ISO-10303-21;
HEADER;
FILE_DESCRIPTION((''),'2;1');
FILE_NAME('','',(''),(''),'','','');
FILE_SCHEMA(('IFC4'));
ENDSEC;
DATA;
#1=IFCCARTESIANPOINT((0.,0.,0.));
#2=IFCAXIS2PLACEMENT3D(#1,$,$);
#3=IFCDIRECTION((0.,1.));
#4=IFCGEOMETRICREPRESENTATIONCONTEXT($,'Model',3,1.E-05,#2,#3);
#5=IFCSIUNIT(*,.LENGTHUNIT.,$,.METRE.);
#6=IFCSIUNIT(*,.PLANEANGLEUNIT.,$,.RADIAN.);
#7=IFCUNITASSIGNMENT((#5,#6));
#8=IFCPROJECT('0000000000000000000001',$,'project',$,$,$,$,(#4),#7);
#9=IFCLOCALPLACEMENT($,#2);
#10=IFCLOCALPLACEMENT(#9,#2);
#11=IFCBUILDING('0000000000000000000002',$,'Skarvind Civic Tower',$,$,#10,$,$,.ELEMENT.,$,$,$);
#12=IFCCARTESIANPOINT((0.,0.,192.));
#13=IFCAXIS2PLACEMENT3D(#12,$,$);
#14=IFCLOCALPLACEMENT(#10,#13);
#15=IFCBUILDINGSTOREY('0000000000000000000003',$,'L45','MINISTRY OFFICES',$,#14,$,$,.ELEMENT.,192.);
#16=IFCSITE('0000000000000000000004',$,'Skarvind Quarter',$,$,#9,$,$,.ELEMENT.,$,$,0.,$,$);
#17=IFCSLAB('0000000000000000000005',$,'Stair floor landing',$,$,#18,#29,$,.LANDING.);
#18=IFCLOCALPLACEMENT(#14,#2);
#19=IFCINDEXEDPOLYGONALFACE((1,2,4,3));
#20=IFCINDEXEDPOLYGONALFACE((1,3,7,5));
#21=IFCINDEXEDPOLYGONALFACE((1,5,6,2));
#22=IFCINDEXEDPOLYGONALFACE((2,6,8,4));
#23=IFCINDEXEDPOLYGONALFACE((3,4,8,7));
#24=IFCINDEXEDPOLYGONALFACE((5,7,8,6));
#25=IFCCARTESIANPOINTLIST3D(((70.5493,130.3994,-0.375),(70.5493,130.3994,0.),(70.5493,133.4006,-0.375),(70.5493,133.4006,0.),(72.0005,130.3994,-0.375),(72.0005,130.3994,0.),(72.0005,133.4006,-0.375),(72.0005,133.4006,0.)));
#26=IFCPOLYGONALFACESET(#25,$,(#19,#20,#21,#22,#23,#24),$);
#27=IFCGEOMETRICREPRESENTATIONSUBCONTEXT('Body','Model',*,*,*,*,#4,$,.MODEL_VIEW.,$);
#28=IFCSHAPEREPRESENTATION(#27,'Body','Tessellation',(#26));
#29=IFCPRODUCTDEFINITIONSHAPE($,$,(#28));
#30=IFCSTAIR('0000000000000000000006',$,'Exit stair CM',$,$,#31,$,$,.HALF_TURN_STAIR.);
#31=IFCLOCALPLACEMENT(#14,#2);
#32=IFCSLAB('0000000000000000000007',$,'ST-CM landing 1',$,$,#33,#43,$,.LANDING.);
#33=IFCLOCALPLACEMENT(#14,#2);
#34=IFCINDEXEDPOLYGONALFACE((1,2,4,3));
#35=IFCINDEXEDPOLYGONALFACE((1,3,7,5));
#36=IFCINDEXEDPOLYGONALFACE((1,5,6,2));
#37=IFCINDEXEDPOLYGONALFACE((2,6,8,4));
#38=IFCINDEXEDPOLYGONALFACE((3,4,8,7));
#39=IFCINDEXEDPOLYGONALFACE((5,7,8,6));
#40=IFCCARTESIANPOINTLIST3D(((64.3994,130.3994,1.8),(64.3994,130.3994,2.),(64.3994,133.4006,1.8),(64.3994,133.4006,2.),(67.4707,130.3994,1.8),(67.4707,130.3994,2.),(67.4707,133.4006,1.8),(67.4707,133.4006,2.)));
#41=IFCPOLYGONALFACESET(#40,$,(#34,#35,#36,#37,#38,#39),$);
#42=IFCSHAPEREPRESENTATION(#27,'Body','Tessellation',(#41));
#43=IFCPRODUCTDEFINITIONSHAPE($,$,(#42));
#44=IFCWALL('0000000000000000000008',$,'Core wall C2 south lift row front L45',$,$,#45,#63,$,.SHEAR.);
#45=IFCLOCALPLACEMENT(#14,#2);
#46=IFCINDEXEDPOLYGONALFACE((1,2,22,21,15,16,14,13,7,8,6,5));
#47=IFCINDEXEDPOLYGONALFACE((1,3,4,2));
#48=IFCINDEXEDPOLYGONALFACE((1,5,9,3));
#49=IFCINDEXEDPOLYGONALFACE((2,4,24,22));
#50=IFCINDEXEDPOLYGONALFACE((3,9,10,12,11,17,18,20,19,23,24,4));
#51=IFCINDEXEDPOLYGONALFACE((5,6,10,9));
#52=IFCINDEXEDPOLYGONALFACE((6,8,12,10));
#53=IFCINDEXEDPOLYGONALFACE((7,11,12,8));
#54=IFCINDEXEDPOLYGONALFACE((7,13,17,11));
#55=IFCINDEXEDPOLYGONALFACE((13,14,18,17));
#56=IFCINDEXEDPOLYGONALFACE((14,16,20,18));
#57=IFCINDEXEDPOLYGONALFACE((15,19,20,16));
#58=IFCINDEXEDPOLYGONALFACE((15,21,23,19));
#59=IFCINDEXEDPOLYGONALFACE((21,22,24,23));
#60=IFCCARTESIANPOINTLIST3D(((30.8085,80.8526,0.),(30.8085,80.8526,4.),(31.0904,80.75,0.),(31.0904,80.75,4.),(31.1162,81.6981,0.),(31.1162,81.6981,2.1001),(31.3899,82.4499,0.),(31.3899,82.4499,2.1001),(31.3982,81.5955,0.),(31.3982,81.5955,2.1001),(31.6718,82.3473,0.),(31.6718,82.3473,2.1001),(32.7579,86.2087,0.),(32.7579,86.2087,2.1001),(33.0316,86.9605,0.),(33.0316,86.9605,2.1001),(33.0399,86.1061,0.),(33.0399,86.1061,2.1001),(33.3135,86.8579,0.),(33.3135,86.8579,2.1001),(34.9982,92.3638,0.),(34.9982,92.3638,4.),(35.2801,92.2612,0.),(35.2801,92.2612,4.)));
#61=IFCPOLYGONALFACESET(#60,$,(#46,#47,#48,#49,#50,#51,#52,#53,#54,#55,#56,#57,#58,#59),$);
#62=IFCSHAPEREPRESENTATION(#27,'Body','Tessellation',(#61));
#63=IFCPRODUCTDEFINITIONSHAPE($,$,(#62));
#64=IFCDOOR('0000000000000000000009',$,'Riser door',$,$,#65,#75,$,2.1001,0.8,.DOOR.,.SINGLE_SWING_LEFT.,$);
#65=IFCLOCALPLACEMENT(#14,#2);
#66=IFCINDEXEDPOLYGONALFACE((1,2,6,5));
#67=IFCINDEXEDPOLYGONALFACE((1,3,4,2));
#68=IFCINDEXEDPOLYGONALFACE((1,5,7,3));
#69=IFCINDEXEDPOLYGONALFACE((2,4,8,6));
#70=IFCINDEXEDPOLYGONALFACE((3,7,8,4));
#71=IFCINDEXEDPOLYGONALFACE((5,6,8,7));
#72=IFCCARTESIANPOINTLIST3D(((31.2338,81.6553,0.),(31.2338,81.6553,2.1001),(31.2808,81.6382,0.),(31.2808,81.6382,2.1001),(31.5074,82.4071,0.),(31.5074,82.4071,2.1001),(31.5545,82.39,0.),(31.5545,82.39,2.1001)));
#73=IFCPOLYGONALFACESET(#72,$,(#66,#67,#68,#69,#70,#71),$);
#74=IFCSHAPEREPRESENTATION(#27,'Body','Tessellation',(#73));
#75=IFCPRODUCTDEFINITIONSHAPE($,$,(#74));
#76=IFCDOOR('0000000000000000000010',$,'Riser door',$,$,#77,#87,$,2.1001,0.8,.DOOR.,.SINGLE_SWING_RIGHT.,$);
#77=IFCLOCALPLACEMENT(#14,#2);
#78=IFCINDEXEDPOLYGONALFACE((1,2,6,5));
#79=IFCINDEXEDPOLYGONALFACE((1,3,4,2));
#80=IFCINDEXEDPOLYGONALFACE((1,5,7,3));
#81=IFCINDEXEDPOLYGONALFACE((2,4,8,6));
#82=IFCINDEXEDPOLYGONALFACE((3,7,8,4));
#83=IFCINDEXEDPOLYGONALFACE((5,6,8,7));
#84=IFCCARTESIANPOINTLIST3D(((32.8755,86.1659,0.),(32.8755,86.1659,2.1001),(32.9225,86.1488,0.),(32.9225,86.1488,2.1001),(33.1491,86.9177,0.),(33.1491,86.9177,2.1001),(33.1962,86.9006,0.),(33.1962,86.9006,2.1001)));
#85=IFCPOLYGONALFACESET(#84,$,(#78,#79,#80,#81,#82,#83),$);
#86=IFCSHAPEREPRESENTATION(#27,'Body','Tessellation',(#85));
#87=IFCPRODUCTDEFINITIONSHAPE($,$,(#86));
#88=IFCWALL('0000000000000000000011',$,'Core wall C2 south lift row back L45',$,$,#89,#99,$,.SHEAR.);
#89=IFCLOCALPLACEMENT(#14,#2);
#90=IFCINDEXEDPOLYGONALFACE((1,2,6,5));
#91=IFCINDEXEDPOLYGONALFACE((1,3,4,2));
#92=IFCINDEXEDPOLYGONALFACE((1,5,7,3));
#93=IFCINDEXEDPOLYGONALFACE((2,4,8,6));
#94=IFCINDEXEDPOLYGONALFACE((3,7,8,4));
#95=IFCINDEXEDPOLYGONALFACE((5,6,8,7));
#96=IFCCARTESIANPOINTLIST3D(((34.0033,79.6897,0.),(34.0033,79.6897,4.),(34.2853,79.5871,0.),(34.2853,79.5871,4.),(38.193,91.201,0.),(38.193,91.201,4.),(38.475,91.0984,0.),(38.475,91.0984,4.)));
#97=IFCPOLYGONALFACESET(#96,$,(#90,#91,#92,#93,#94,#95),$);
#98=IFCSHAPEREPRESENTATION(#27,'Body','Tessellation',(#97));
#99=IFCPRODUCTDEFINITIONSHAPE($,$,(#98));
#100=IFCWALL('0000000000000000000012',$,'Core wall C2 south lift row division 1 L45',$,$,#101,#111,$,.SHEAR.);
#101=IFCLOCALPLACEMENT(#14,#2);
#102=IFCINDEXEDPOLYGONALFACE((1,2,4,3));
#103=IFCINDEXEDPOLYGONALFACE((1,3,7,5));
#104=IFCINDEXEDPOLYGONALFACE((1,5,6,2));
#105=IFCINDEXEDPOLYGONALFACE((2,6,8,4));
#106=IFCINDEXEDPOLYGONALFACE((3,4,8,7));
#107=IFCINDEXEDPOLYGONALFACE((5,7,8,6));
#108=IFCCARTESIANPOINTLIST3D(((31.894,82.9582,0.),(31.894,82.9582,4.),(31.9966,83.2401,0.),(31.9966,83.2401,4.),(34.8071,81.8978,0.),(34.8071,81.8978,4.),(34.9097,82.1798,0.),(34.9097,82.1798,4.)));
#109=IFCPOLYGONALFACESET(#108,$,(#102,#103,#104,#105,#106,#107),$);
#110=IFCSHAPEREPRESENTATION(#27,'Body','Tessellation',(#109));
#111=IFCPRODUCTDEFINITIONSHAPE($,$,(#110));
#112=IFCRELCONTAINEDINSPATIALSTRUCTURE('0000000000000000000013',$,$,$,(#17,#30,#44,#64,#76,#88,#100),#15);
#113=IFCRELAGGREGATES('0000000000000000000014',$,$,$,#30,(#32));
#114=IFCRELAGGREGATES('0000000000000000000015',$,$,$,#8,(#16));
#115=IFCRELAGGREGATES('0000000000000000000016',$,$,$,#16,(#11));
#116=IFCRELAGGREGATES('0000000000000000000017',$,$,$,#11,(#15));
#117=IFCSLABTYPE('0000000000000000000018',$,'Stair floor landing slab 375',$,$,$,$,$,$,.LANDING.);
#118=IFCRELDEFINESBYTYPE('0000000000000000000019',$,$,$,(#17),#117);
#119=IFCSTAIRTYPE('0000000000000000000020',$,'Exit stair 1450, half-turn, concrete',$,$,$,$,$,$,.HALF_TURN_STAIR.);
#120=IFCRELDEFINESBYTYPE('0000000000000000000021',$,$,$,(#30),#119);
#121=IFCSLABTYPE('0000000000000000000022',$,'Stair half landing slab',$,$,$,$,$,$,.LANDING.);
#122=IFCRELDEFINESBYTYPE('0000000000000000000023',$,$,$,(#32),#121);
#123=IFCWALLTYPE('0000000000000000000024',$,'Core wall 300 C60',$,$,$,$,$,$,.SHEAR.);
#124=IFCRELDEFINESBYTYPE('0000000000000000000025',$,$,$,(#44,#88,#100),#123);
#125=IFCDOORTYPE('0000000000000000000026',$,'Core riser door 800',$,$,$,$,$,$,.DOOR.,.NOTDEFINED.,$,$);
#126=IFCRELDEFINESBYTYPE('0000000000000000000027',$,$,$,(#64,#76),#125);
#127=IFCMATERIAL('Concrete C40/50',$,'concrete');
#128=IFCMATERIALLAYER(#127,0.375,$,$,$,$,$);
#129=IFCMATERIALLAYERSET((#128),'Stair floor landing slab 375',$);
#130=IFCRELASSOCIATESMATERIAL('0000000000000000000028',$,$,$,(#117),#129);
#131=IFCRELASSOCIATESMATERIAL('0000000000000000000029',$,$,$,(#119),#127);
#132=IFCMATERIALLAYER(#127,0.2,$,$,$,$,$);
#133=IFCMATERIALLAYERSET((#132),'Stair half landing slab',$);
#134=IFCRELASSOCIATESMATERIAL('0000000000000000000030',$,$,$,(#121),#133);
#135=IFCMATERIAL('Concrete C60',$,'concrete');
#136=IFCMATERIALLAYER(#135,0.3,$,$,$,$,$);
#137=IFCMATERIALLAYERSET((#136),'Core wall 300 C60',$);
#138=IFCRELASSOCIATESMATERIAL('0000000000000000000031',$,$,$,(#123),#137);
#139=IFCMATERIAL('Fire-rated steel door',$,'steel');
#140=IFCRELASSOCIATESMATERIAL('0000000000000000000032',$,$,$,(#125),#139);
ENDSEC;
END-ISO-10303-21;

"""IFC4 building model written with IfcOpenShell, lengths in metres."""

from ifc_helpers import new_model, si_unit, direction, frame, frame_2d, origin, place, context, subcontext, project, spatial, polyline, rectangle, outline, extrude, material, layer, layer_set, type_object, element, fill, aggregate, save


model = new_model("IFC4")

# Units and contexts
model_context = context("Model", 3, precision=1e-05, world=origin(), true_north=direction((0.0, 1.0)))
body_context = subcontext(model_context, "Body", "Model", "MODEL_VIEW")
ifc_project = project(units=[si_unit("LENGTHUNIT", "METRE"), si_unit("PLANEANGLEUNIT", "RADIAN")], contexts=[model_context])

# Site, building, storey
site_placement = place(None, origin())
site = spatial("IfcSite", under=ifc_project, at=site_placement, Name="Skarvind Quarter", CompositionType="ELEMENT", RefElevation=0.0)
building_placement = place(site_placement, origin())
building = spatial("IfcBuilding", under=site, at=building_placement, Name="Skarvind Civic Tower", CompositionType="ELEMENT")
storey_placement = place(building_placement, frame((0.0, 0.0, 192.0)))
storey = spatial("IfcBuildingStorey", under=building, at=storey_placement, Name="L45", Description="MINISTRY OFFICES", CompositionType="ELEMENT", Elevation=192.0)

# Slab
ifc_material_1 = material(Name="Concrete C40/50", Category="concrete")
ifc_layer_1 = layer(ifc_material_1, 0.375)
ifc_layer_set_1 = layer_set([ifc_layer_1], Name="Stair floor landing slab 375")
slab_type_1 = type_object("IfcSlabType", Name="Stair floor landing slab 375", PredefinedType="LANDING", material=ifc_layer_set_1)
slab_1_placement = place(storey_placement, frame((0.0, 0.0, -0.375)))
element("IfcSlab", 1, at=slab_1_placement, inside=storey, type_object=slab_type_1, Name="Stair floor landing", PredefinedType="LANDING", context=body_context, shape_type="SweptSolid", body=[
    extrude(outline(polyline([(70.5493, 130.3994), (70.5493, 133.4006), (72.0005, 133.4006), (72.0005, 130.3994), (70.5493, 130.3994)])), origin(), (0.0, 0.0, 1.0), 0.375),
])

# Stair, slab
stair_type_1 = type_object("IfcStairType", Name="Exit stair 1450, half-turn, concrete", PredefinedType="HALF_TURN_STAIR", material=ifc_material_1)
stair_1_placement = place(storey_placement, origin())
stair_1 = element("IfcStair", 2, at=stair_1_placement, inside=storey, type_object=stair_type_1, Name="Exit stair CM", PredefinedType="HALF_TURN_STAIR")
ifc_layer_2 = layer(ifc_material_1, 0.2)
ifc_layer_set_2 = layer_set([ifc_layer_2], Name="Stair half landing slab")
slab_type_2 = type_object("IfcSlabType", Name="Stair half landing slab", PredefinedType="LANDING", material=ifc_layer_set_2)
slab_2_placement = place(storey_placement, frame((0.0, 0.0, 1.8)))
slab_2 = element("IfcSlab", 3, at=slab_2_placement, type_object=slab_type_2, Name="ST-CM landing 1", PredefinedType="LANDING", context=body_context, shape_type="SweptSolid", body=[
    extrude(outline(polyline([(67.4707, 133.4006), (67.4707, 130.3994), (64.3994, 130.3994), (64.3994, 133.4006), (67.4707, 133.4006)])), origin(), (0.0, 0.0, 1.0), 0.2),
])
aggregate(stair_1, [slab_2])

# Wall, openings, doors
ifc_material_2 = material(Name="Concrete C60", Category="concrete")
ifc_layer_3 = layer(ifc_material_2, 0.3)
ifc_layer_set_3 = layer_set([ifc_layer_3], Name="Core wall 300 C60")
wall_type_1 = type_object("IfcWallType", Name="Core wall 300 C60", PredefinedType="SHEAR", material=ifc_layer_set_3)
wall_1_placement = place(storey_placement, frame((30.9495, 80.8013, 0.0), z_axis=(0.0, 0.0, 1.0), x_axis=(0.342017, 0.939694, 0.0)))
wall_1 = element("IfcWall", 4, at=wall_1_placement, inside=storey, type_object=wall_type_1, Name="Core wall C2 south lift row front L45", PredefinedType="SHEAR", context=body_context, shape_type="SweptSolid", body=[
    extrude(rectangle(XDim=12.25, YDim=0.3, at=frame_2d((6.125, 0.0))), origin(), (0.0, 0.0, 1.0), 4.0),
])
opening_1_placement = place(wall_1_placement, frame((0.8999, 0.0, 0.0)))
opening_1 = element("IfcOpeningElement", 5, at=opening_1_placement, cuts=wall_1, PredefinedType="OPENING", context=body_context, shape_type="SweptSolid", body=[
    extrude(rectangle(XDim=0.8, YDim=2.1001, at=frame_2d((0.3999, 1.05))), frame((0.0, 0.1599, 0.0), z_axis=(0.0, -1.0, 0.0), x_axis=(1.0, 0.0, 0.0)), (0.0, 0.0, 1.0), 0.3201),
])
opening_2_placement = place(wall_1_placement, frame((5.7, 0.0, 0.0)))
opening_2 = element("IfcOpeningElement", 6, at=opening_2_placement, cuts=wall_1, PredefinedType="OPENING", context=body_context, shape_type="SweptSolid", body=[
    extrude(rectangle(XDim=0.8, YDim=2.1001, at=frame_2d((0.3999, 1.05))), frame((0.0, 0.1599, 0.0), z_axis=(0.0, -1.0, 0.0), x_axis=(1.0, 0.0, 0.0)), (0.0, 0.0, 1.0), 0.3201),
])
ifc_material_3 = material(Name="Fire-rated steel door", Category="steel")
door_type_1 = type_object("IfcDoorType", Name="Core riser door 800", OperationType="NOTDEFINED", PredefinedType="DOOR", material=ifc_material_3)
door_1_placement = place(opening_1_placement, origin())
door_1 = element("IfcDoor", 7, at=door_1_placement, inside=storey, type_object=door_type_1, Name="Riser door", OperationType="SINGLE_SWING_LEFT", OverallHeight=2.1001, OverallWidth=0.8, PredefinedType="DOOR", context=body_context, shape_type="SweptSolid", body=[
    extrude(rectangle(XDim=0.8, YDim=2.1001, at=frame_2d((0.3999, 1.05))), frame((0.0, 0.0249, 0.0), z_axis=(0.0, -1.0, 0.0), x_axis=(1.0, 0.0, 0.0)), (0.0, 0.0, 1.0), 0.05),
])
fill(opening_1, door_1)
door_2_placement = place(opening_2_placement, origin())
door_2 = element("IfcDoor", 8, at=door_2_placement, inside=storey, type_object=door_type_1, Name="Riser door", OperationType="SINGLE_SWING_RIGHT", OverallHeight=2.1001, OverallWidth=0.8, PredefinedType="DOOR", context=body_context, shape_type="SweptSolid", body=[
    extrude(rectangle(XDim=0.8, YDim=2.1001, at=frame_2d((0.3999, 1.05))), frame((0.0, 0.0249, 0.0), z_axis=(0.0, -1.0, 0.0), x_axis=(1.0, 0.0, 0.0)), (0.0, 0.0, 1.0), 0.05),
])
fill(opening_2, door_2)

# Walls
wall_2_placement = place(storey_placement, frame((34.1443, 79.6384, 0.0), z_axis=(0.0, 0.0, 1.0), x_axis=(0.342017, 0.939694, 0.0)))
element("IfcWall", 9, at=wall_2_placement, inside=storey, type_object=wall_type_1, Name="Core wall C2 south lift row back L45", PredefinedType="SHEAR", context=body_context, shape_type="SweptSolid", body=[
    extrude(rectangle(XDim=12.25, YDim=0.3, at=frame_2d((6.125, 0.0))), origin(), (0.0, 0.0, 1.0), 4.0),
])
wall_3_placement = place(storey_placement, frame((34.8584, 82.0388, 0.0), z_axis=(0.0, 0.0, 1.0), x_axis=(-0.93969, 0.342028, 0.0)))
element("IfcWall", 10, at=wall_3_placement, inside=storey, type_object=wall_type_1, Name="Core wall C2 south lift row division 1 L45", PredefinedType="SHEAR", context=body_context, shape_type="SweptSolid", body=[
    extrude(rectangle(XDim=3.1001, YDim=0.3, at=frame_2d((1.55, 0.0))), origin(), (0.0, 0.0, 1.0), 4.0),
])

save(model, "model.ifc")
